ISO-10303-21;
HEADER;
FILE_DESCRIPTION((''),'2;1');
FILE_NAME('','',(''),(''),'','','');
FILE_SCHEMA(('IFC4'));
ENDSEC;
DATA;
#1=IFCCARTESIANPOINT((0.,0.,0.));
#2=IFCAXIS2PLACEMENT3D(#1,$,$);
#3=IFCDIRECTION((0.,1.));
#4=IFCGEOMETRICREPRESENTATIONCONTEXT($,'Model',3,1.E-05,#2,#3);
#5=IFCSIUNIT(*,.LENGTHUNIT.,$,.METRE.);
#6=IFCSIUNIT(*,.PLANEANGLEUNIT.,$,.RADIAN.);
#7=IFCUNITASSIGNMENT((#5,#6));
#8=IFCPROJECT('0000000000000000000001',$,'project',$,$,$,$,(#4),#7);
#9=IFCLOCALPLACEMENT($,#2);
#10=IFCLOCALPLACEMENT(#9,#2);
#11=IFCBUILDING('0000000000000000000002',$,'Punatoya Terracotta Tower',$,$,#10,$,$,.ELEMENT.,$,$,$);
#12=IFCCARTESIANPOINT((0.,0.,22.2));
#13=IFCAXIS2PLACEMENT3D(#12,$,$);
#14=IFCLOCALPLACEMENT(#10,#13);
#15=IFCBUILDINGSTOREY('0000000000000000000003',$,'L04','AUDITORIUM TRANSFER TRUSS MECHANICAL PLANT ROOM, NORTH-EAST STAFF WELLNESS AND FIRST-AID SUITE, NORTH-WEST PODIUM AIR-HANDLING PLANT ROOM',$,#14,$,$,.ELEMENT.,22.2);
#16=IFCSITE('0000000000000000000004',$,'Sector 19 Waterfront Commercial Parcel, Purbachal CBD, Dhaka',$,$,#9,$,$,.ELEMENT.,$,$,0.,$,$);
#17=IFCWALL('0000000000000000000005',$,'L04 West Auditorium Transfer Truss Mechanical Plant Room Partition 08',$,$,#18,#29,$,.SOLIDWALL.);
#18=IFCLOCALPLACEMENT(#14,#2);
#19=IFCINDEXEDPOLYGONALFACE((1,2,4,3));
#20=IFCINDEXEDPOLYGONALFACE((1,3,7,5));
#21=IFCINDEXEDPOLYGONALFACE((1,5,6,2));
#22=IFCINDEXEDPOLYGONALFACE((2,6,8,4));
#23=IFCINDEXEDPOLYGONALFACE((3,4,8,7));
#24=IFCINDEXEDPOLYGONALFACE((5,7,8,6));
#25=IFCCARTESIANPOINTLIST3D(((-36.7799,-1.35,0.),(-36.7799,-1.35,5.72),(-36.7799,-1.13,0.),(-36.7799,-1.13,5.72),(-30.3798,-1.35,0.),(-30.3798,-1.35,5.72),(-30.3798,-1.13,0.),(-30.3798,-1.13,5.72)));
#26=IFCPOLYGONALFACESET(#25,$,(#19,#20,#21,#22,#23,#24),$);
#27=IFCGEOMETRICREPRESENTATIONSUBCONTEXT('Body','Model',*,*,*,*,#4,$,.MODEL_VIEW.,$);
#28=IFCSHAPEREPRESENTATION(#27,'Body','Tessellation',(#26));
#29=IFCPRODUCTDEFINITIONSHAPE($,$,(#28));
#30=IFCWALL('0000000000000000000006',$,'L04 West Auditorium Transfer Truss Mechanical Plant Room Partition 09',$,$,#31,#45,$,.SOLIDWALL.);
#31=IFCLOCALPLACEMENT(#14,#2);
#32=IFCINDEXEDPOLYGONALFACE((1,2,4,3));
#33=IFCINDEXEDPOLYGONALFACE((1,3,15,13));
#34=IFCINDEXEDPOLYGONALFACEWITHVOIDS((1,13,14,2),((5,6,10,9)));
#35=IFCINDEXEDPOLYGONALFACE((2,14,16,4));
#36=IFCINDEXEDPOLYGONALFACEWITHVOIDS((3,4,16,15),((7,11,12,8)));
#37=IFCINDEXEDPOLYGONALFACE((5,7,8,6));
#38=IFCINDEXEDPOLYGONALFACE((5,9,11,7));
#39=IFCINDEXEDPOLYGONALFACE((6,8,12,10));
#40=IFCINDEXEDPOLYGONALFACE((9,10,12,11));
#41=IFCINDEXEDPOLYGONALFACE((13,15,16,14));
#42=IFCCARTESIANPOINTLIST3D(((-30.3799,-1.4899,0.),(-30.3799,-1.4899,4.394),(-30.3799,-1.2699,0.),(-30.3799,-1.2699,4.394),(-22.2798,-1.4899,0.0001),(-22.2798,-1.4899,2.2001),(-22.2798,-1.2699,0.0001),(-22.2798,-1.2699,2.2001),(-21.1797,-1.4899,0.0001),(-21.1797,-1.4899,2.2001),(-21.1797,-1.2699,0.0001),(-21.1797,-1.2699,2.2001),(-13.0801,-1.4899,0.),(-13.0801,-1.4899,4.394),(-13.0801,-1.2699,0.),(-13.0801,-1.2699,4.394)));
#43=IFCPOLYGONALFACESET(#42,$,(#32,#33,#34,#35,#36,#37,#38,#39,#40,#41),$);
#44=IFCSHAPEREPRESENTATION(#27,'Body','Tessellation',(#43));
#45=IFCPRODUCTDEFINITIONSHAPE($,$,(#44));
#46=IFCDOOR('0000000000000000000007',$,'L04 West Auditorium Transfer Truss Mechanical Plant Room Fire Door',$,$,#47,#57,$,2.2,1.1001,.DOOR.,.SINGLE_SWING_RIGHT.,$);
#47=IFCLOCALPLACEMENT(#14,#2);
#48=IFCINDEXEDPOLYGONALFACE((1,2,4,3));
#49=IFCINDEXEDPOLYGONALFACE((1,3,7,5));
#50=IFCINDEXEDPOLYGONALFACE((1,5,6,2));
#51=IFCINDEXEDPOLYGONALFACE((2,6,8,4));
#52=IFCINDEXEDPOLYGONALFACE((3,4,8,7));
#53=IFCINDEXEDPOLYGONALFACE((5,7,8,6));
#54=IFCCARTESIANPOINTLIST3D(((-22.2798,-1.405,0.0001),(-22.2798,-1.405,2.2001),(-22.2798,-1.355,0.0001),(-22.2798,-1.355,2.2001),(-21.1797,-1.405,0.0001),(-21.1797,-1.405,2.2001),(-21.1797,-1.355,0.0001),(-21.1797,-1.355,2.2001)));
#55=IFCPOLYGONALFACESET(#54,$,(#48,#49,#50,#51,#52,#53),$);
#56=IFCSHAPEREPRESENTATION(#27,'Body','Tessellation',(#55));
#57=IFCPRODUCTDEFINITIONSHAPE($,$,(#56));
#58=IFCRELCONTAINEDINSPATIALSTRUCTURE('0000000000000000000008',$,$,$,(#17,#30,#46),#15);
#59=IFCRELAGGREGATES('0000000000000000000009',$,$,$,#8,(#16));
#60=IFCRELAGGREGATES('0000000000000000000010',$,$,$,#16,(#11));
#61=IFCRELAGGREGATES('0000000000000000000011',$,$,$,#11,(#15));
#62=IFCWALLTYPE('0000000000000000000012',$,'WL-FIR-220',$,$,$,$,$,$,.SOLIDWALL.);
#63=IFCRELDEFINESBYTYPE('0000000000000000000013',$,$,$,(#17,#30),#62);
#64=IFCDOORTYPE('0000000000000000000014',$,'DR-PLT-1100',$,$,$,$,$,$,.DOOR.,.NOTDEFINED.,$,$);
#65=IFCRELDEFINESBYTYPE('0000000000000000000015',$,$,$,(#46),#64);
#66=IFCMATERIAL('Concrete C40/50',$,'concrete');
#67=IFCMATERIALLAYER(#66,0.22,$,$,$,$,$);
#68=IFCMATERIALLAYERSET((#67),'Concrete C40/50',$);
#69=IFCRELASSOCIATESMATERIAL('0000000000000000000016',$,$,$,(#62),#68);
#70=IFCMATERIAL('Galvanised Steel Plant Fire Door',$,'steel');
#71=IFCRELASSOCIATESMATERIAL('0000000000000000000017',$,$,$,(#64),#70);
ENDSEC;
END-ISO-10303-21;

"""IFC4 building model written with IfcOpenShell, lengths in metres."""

from ifc_helpers import new_model, si_unit, direction, frame, frame_2d, origin, place, context, subcontext, project, spatial, rectangle, extrude, material, layer, layer_set, type_object, element, fill, save


model = new_model("IFC4")

# Units and contexts
model_context = context("Model", 3, precision=1e-05, world=origin(), true_north=direction((0.0, 1.0)))
body_context = subcontext(model_context, "Body", "Model", "MODEL_VIEW")
ifc_project = project(units=[si_unit("LENGTHUNIT", "METRE"), si_unit("PLANEANGLEUNIT", "RADIAN")], contexts=[model_context])

# Site, building, storey
site_placement = place(None, origin())
site = spatial("IfcSite", under=ifc_project, at=site_placement, Name="Sector 19 Waterfront Commercial Parcel, Purbachal CBD, Dhaka", CompositionType="ELEMENT", RefElevation=0.0)
building_placement = place(site_placement, origin())
building = spatial("IfcBuilding", under=site, at=building_placement, Name="Punatoya Terracotta Tower", CompositionType="ELEMENT")
storey_placement = place(building_placement, frame((0.0, 0.0, 22.2)))
storey = spatial("IfcBuildingStorey", under=building, at=storey_placement, Name="L04", Description="AUDITORIUM TRANSFER TRUSS MECHANICAL PLANT ROOM, NORTH-EAST STAFF WELLNESS AND FIRST-AID SUITE, NORTH-WEST PODIUM AIR-HANDLING PLANT ROOM", CompositionType="ELEMENT", Elevation=22.2)

# Wall
ifc_material_1 = material(Name="Concrete C40/50", Category="concrete")
ifc_layer_1 = layer(ifc_material_1, 0.22)
ifc_layer_set_1 = layer_set([ifc_layer_1], Name="Concrete C40/50")
wall_type_1 = type_object("IfcWallType", Name="WL-FIR-220", PredefinedType="SOLIDWALL", material=ifc_layer_set_1)
wall_1_placement = place(storey_placement, frame((-36.78, -1.24, 0.0), z_axis=(0.0, 0.0, 1.0), x_axis=(1.0, 0.0, 0.0)))
element("IfcWall", 1, at=wall_1_placement, inside=storey, type_object=wall_type_1, Name="L04 West Auditorium Transfer Truss Mechanical Plant Room Partition 08", PredefinedType="SOLIDWALL", context=body_context, shape_type="SweptSolid", body=[
    extrude(rectangle(XDim=6.4001, YDim=0.22, at=frame_2d((3.2002, 0.0))), origin(), (0.0, 0.0, 1.0), 5.72),
])

# Wall, opening, door
wall_2_placement = place(storey_placement, frame((-30.3799, -1.3799, 0.0), z_axis=(0.0, 0.0, 1.0), x_axis=(1.0, 0.0, 0.0)))
wall_2 = element("IfcWall", 2, at=wall_2_placement, inside=storey, type_object=wall_type_1, Name="L04 West Auditorium Transfer Truss Mechanical Plant Room Partition 09", PredefinedType="SOLIDWALL", context=body_context, shape_type="SweptSolid", body=[
    extrude(rectangle(XDim=17.2998, YDim=0.22, at=frame_2d((8.6499, 0.0))), origin(), (0.0, 0.0, 1.0), 4.394),
])
opening_placement = place(wall_2_placement, frame((8.1001, 0.0, 0.0)))
opening = element("IfcOpeningElement", 3, at=opening_placement, cuts=wall_2, PredefinedType="OPENING", context=body_context, shape_type="SweptSolid", body=[
    extrude(rectangle(XDim=1.1001, YDim=2.2, at=frame_2d((0.55, 1.1001))), frame((0.0, 0.1199, 0.0), z_axis=(0.0, -1.0, 0.0), x_axis=(1.0, 0.0, 0.0)), (0.0, 0.0, 1.0), 0.24),
])
ifc_material_2 = material(Name="Galvanised Steel Plant Fire Door", Category="steel")
door_type = type_object("IfcDoorType", Name="DR-PLT-1100", OperationType="NOTDEFINED", PredefinedType="DOOR", material=ifc_material_2)
door_placement = place(opening_placement, origin())
door = element("IfcDoor", 4, at=door_placement, inside=storey, type_object=door_type, Name="L04 West Auditorium Transfer Truss Mechanical Plant Room Fire Door", OperationType="SINGLE_SWING_RIGHT", OverallHeight=2.2, OverallWidth=1.1001, PredefinedType="DOOR", context=body_context, shape_type="SweptSolid", body=[
    extrude(rectangle(XDim=1.1001, YDim=2.2, at=frame_2d((0.55, 1.1001))), frame((0.0, 0.0249, 0.0), z_axis=(0.0, -1.0, 0.0), x_axis=(1.0, 0.0, 0.0)), (0.0, 0.0, 1.0), 0.05),
])
fill(opening, door)

save(model, "model.ifc")
